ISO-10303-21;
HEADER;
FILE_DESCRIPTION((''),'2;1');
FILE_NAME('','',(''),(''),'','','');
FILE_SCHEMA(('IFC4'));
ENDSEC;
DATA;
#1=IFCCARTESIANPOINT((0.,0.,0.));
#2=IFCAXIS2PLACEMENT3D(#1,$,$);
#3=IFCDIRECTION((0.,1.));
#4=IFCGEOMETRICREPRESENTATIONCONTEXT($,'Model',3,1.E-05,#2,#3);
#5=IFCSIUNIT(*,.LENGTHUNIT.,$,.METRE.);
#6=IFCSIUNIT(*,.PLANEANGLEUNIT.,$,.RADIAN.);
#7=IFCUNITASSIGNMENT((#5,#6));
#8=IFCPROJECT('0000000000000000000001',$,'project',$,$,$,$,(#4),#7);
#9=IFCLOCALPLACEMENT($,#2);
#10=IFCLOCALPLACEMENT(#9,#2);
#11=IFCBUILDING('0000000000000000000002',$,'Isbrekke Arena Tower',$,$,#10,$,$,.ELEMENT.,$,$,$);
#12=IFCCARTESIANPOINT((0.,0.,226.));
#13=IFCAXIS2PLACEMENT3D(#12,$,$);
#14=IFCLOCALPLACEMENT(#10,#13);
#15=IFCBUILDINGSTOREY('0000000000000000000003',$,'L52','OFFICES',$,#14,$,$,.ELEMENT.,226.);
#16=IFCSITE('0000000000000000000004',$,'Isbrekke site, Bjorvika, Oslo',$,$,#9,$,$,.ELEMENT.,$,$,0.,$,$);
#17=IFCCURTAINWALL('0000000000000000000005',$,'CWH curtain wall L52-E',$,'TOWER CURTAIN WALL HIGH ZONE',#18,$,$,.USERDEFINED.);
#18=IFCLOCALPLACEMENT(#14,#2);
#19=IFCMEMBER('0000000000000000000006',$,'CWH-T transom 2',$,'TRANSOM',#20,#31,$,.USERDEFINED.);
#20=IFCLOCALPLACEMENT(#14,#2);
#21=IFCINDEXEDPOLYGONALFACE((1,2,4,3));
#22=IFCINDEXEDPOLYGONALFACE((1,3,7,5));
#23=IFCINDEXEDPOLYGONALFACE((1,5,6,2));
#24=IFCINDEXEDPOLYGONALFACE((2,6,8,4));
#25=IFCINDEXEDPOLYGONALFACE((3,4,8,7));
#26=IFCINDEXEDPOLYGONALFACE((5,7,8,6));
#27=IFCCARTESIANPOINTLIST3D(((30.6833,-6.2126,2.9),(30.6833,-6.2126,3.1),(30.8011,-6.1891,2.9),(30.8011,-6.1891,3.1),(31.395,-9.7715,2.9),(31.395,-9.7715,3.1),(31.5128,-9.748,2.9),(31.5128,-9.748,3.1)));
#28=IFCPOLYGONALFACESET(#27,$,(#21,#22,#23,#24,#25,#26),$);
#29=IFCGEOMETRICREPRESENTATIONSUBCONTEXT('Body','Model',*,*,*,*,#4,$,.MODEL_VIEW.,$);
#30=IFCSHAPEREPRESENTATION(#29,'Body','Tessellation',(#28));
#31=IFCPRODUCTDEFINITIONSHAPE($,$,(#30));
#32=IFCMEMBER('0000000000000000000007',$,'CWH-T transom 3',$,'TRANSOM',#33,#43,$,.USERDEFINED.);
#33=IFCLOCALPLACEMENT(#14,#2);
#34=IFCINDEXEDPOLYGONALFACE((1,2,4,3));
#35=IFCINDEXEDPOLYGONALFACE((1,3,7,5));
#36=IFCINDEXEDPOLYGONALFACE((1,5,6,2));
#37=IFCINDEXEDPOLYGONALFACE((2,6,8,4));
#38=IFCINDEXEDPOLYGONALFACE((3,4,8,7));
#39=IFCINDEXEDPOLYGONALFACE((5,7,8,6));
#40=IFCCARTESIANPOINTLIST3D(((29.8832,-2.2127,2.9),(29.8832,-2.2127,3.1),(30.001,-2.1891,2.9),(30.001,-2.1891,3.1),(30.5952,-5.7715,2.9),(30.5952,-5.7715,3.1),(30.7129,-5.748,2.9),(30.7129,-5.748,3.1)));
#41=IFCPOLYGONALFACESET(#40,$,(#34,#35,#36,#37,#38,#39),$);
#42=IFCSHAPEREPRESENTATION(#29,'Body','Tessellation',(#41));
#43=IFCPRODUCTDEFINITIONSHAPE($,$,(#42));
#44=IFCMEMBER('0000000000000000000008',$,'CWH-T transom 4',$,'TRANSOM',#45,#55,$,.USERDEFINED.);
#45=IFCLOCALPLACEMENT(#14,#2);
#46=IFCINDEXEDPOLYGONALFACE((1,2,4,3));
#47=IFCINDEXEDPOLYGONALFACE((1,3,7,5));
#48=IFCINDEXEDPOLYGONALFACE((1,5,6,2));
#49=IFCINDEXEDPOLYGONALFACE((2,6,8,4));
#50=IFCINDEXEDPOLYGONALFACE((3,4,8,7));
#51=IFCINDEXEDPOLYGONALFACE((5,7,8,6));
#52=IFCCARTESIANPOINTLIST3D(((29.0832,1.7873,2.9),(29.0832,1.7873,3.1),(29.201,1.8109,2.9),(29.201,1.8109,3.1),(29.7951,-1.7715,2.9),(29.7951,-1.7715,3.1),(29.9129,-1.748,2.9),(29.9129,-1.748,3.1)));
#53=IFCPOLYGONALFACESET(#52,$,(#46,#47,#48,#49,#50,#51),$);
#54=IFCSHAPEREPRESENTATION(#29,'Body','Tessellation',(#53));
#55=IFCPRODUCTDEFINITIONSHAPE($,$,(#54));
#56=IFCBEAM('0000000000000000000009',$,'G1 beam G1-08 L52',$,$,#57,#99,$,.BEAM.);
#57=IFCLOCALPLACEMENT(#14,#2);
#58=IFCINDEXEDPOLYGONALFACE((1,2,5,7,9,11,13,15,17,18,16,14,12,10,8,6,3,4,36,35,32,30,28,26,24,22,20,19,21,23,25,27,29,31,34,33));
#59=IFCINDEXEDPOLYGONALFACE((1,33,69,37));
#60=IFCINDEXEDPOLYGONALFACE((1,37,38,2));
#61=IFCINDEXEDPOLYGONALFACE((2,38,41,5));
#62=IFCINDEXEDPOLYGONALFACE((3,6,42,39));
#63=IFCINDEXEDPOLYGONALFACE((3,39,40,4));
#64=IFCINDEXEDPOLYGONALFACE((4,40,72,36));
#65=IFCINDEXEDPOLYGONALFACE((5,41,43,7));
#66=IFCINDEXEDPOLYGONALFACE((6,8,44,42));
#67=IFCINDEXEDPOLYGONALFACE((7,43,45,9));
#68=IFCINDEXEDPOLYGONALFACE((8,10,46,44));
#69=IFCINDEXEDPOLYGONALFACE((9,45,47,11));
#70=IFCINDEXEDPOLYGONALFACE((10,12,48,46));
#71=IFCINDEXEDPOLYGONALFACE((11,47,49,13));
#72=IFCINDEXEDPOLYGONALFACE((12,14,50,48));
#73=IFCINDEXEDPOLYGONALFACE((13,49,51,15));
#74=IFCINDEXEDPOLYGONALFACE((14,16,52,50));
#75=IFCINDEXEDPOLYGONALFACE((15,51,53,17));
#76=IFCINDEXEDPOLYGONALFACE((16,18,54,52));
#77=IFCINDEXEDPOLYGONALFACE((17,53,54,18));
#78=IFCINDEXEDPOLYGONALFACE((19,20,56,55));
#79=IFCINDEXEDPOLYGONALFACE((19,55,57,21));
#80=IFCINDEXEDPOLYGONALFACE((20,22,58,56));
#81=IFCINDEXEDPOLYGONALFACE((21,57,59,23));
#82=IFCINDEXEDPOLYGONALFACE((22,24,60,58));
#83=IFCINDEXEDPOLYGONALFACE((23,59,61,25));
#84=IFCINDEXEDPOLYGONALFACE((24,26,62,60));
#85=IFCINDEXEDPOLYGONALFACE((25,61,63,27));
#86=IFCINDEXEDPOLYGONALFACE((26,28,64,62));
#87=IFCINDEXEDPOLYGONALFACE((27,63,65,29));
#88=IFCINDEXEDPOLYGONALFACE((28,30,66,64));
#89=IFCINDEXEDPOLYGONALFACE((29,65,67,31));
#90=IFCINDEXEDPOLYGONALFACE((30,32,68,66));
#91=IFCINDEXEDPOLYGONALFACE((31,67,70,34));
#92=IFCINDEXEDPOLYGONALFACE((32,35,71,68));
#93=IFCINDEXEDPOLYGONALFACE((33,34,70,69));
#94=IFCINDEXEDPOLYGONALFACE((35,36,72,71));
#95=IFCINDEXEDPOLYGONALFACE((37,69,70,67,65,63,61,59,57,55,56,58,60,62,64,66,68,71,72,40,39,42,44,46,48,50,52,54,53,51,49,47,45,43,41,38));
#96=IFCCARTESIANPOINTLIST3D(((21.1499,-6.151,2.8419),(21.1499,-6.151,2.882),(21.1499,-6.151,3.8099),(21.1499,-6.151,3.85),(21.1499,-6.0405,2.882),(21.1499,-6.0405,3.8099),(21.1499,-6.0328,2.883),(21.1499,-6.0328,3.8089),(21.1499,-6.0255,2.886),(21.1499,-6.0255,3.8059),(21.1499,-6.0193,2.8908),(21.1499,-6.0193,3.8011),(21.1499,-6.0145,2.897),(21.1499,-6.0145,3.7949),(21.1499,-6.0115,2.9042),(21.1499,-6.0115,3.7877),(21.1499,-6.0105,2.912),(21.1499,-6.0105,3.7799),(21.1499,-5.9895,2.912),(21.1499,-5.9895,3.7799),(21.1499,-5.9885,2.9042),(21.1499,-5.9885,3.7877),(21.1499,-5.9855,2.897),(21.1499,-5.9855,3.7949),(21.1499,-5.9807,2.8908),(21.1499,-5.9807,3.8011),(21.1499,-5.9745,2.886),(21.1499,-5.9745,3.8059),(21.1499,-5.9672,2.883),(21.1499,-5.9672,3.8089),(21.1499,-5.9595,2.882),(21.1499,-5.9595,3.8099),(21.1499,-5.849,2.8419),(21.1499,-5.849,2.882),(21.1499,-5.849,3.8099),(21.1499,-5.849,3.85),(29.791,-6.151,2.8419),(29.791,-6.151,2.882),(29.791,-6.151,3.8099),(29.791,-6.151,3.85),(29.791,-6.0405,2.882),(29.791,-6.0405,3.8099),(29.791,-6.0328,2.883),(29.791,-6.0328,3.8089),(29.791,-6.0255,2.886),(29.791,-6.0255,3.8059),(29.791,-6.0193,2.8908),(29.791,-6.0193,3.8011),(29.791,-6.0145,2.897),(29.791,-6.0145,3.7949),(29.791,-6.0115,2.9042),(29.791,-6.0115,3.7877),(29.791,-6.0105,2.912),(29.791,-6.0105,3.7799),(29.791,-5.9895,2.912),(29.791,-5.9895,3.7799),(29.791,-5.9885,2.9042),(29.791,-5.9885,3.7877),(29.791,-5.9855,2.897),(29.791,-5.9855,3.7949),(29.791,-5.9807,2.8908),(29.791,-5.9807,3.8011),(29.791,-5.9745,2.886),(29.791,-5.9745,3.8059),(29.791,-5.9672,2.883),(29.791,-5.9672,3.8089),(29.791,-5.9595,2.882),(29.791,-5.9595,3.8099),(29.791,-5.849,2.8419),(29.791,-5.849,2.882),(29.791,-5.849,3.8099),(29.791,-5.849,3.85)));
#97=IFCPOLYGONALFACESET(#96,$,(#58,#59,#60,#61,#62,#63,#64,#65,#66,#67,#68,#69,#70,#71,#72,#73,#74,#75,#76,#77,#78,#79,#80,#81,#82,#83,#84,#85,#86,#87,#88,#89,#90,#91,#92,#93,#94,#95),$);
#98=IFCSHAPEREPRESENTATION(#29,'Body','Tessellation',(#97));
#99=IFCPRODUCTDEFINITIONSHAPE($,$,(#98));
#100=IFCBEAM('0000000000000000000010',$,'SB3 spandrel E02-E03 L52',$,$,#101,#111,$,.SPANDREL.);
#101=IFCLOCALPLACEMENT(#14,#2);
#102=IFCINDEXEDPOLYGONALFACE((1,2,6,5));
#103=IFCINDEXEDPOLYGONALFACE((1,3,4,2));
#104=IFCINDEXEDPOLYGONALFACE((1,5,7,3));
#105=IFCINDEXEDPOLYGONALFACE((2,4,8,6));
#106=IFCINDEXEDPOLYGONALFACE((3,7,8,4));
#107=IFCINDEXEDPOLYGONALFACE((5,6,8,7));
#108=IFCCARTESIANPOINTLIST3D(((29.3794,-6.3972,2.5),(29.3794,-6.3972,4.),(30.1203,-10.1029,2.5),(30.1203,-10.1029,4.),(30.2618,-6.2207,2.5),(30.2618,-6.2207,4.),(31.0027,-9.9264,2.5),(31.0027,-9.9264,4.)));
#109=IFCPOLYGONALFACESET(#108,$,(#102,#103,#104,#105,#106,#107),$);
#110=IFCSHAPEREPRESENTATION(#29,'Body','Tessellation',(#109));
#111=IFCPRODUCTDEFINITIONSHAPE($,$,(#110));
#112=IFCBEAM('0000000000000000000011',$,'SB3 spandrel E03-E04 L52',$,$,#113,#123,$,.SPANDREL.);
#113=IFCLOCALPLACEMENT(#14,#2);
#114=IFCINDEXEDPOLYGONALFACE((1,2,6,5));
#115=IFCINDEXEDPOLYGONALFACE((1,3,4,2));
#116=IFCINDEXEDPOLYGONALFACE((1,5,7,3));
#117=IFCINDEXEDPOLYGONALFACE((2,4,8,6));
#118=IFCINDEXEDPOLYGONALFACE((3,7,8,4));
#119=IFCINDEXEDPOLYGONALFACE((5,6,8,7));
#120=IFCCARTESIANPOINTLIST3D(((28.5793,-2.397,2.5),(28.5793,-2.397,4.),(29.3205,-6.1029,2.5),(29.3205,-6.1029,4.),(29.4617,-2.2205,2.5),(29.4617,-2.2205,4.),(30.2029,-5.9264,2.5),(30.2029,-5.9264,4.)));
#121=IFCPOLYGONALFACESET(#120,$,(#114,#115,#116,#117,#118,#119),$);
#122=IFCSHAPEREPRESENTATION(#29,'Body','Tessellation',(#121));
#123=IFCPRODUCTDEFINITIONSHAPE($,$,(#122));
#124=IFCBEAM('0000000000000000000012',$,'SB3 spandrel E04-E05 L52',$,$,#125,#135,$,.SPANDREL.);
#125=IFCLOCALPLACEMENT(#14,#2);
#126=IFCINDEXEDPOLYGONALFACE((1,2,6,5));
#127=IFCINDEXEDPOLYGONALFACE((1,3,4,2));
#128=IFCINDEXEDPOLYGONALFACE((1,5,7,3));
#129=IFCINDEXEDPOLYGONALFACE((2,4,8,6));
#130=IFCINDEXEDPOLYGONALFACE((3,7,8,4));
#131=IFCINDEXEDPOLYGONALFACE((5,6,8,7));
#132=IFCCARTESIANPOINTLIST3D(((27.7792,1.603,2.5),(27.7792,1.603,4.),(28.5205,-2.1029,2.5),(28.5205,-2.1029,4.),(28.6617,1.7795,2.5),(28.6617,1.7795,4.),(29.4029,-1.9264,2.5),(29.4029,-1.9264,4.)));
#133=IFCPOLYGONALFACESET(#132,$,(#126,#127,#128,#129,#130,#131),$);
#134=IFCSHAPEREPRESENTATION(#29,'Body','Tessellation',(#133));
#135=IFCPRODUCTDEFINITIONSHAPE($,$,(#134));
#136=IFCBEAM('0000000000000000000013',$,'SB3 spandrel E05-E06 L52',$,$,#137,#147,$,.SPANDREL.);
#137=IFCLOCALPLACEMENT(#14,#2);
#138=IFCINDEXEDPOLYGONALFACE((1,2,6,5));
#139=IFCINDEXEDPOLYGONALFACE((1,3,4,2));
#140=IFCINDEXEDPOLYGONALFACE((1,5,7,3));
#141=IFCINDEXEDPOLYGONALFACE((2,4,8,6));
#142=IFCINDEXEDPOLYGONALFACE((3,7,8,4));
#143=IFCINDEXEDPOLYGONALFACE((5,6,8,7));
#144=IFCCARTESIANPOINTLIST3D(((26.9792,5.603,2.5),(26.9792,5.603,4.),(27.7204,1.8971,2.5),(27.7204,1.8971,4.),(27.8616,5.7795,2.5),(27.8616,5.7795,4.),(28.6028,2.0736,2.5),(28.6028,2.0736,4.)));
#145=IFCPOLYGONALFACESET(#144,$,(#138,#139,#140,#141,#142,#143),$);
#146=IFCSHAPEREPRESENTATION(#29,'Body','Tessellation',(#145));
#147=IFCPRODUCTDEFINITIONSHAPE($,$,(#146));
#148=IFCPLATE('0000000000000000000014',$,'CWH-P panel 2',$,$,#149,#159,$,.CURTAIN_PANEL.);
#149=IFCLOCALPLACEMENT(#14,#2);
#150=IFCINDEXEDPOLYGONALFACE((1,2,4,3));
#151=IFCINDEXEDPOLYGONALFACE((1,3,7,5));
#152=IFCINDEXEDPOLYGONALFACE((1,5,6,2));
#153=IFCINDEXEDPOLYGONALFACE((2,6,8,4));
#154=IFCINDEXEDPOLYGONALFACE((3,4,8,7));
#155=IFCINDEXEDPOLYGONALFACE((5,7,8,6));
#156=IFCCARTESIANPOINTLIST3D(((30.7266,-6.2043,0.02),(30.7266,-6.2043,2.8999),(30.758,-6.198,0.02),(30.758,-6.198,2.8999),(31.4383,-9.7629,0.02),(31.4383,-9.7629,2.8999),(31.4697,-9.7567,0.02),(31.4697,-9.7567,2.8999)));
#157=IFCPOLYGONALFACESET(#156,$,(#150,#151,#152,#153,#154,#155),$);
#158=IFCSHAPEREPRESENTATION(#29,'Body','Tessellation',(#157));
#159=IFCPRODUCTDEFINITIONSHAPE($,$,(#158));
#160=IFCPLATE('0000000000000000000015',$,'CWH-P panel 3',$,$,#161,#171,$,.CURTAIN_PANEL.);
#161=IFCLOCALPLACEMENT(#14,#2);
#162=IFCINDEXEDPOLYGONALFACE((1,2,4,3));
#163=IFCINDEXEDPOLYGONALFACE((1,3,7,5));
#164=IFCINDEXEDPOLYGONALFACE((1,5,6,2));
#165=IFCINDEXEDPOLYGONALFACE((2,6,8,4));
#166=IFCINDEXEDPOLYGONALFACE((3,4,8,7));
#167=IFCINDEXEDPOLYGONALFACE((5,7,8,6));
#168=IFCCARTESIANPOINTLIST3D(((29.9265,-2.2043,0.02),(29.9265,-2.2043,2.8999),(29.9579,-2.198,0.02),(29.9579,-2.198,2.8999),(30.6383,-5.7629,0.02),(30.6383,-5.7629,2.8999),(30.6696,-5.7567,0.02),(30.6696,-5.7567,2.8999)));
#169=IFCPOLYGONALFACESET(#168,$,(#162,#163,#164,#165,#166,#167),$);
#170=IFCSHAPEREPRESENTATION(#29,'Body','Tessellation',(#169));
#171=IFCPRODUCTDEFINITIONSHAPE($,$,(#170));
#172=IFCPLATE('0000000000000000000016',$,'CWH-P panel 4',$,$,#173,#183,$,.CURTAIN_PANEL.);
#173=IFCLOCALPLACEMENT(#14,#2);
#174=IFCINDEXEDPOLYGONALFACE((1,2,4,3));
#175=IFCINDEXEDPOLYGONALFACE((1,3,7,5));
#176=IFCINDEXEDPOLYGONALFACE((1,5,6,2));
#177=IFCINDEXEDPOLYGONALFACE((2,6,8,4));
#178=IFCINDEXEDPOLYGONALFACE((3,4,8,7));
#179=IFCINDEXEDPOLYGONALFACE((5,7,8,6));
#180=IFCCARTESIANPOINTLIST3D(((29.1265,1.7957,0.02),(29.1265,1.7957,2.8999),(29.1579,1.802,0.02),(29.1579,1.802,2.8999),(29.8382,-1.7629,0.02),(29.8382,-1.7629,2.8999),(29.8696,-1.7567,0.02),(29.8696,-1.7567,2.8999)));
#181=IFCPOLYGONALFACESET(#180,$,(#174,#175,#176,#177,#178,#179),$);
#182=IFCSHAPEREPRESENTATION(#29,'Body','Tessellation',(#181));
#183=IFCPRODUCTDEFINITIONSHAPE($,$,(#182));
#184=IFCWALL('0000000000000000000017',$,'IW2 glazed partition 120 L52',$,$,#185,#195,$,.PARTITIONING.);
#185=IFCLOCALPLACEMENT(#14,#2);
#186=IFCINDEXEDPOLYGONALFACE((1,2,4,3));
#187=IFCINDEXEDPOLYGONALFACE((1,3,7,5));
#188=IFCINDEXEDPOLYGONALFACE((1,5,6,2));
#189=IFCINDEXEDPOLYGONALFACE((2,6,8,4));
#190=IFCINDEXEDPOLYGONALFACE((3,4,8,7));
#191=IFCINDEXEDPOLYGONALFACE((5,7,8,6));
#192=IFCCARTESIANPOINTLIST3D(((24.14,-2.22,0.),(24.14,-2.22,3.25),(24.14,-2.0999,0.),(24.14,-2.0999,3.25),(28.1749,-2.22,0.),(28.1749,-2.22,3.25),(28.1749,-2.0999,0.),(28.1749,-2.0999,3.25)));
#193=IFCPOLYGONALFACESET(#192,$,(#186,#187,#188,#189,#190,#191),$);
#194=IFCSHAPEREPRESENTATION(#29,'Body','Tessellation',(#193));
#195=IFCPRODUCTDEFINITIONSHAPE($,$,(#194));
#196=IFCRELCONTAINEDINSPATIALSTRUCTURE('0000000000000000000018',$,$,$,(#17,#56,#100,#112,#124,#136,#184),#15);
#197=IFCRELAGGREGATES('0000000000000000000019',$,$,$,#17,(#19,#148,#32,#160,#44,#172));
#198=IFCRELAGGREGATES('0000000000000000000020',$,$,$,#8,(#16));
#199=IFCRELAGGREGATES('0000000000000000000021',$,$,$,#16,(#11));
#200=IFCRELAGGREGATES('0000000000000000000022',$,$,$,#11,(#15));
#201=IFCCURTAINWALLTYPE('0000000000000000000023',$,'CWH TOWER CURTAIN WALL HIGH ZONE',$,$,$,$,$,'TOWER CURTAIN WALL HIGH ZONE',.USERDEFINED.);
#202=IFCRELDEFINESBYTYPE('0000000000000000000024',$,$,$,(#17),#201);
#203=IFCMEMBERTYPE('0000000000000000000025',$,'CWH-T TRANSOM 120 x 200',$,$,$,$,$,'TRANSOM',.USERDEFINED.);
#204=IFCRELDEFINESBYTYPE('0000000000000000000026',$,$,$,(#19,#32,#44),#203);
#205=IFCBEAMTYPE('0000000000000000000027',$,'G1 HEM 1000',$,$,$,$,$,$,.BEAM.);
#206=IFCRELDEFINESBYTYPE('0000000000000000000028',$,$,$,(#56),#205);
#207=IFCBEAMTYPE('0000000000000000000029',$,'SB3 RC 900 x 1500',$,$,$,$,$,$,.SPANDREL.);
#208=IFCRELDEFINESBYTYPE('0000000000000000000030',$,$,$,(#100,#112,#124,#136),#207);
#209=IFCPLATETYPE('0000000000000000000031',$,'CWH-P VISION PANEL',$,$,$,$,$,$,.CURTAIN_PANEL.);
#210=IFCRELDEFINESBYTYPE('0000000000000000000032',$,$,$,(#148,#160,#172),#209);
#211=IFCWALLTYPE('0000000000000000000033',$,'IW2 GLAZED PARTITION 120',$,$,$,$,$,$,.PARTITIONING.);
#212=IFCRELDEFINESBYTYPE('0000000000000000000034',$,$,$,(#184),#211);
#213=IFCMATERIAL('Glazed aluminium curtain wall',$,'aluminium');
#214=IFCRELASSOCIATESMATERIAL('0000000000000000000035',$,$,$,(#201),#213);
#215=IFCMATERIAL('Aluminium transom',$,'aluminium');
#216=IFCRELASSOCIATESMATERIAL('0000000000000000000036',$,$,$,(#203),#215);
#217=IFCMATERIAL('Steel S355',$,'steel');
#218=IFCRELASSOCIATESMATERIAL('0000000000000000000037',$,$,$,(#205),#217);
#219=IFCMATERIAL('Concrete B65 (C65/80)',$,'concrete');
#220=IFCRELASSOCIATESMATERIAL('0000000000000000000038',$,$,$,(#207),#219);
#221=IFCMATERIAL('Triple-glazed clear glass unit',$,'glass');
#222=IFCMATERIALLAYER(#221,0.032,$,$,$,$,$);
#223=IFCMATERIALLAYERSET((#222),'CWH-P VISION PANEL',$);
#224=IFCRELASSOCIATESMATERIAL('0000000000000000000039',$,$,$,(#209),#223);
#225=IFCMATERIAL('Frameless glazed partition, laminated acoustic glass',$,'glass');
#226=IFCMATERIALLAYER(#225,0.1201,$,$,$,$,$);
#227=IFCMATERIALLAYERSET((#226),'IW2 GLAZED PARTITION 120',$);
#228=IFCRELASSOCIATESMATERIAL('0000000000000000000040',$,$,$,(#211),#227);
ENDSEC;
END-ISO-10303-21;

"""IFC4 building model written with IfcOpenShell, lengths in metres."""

from ifc_helpers import new_model, si_unit, direction, frame, frame_2d, origin, origin_2d, place, context, subcontext, project, spatial, rectangle, i_section, extrude, material, layer, layer_set, material_profile, profile_set, type_object, element, aggregate, save


model = new_model("IFC4")

# Units and contexts
model_context = context("Model", 3, precision=1e-05, world=origin(), true_north=direction((0.0, 1.0)))
body_context = subcontext(model_context, "Body", "Model", "MODEL_VIEW")
ifc_project = project(units=[si_unit("LENGTHUNIT", "METRE"), si_unit("PLANEANGLEUNIT", "RADIAN")], contexts=[model_context])

# Site, building, storey
site_placement = place(None, origin())
site = spatial("IfcSite", under=ifc_project, at=site_placement, Name="Isbrekke site, Bjorvika, Oslo", CompositionType="ELEMENT", RefElevation=0.0)
building_placement = place(site_placement, origin())
building = spatial("IfcBuilding", under=site, at=building_placement, Name="Isbrekke Arena Tower", CompositionType="ELEMENT")
storey_placement = place(building_placement, frame((0.0, 0.0, 226.0)))
storey = spatial("IfcBuildingStorey", under=building, at=storey_placement, Name="L52", Description="OFFICES", CompositionType="ELEMENT", Elevation=226.0)

# Curtain wall, members
ifc_material_1 = material(Name="Glazed aluminium curtain wall", Category="aluminium")
curtain_wall_type = type_object("IfcCurtainWallType", Name="CWH TOWER CURTAIN WALL HIGH ZONE", ElementType="TOWER CURTAIN WALL HIGH ZONE", PredefinedType="USERDEFINED", material=ifc_material_1)
curtain_wall_placement = place(storey_placement, origin())
curtain_wall = element("IfcCurtainWall", 1, at=curtain_wall_placement, inside=storey, type_object=curtain_wall_type, Name="CWH curtain wall L52-E", ObjectType="TOWER CURTAIN WALL HIGH ZONE", PredefinedType="USERDEFINED")
ifc_material_2 = material(Name="Aluminium transom", Category="aluminium")
ifc_material_profile_1 = material_profile(ifc_material_2, rectangle(XDim=0.1201, YDim=0.2, at=origin_2d()), Name="TRANSOM 120X200")
ifc_profile_set_1 = profile_set([ifc_material_profile_1], Name="Aluminium transom")
member_type_1 = type_object("IfcMemberType", Name="CWH-T TRANSOM 120 x 200", ElementType="TRANSOM", PredefinedType="USERDEFINED", material=ifc_profile_set_1)
member_1_placement = place(storey_placement, frame((31.4539, -9.7598, 3.0), z_axis=(-0.19609, 0.980586, 0.0), x_axis=(-0.980586, -0.19609, 0.0)))
member_1 = element("IfcMember", 2, at=member_1_placement, type_object=member_type_1, Name="CWH-T transom 2", ObjectType="TRANSOM", PredefinedType="USERDEFINED", context=body_context, shape_type="SweptSolid", body=[
    extrude(rectangle(XDim=0.1201, YDim=0.2, at=origin_2d()), origin(), (0.0, 0.0, 1.0), 3.6294),
])
member_2_placement = place(storey_placement, frame((30.6541, -5.7598, 3.0), z_axis=(-0.196155, 0.980573, 0.0), x_axis=(-0.980573, -0.196155, 0.0)))
member_2 = element("IfcMember", 3, at=member_2_placement, type_object=member_type_1, Name="CWH-T transom 3", ObjectType="TRANSOM", PredefinedType="USERDEFINED", context=body_context, shape_type="SweptSolid", body=[
    extrude(rectangle(XDim=0.1201, YDim=0.2, at=origin_2d()), origin(), (0.0, 0.0, 1.0), 3.6294),
])
member_3_placement = place(storey_placement, frame((29.854, -1.7598, 3.0), z_axis=(-0.196155, 0.980573, 0.0), x_axis=(-0.980573, -0.196155, 0.0)))
member_3 = element("IfcMember", 4, at=member_3_placement, type_object=member_type_1, Name="CWH-T transom 4", ObjectType="TRANSOM", PredefinedType="USERDEFINED", context=body_context, shape_type="SweptSolid", body=[
    extrude(rectangle(XDim=0.1201, YDim=0.2, at=origin_2d()), origin(), (0.0, 0.0, 1.0), 3.6294),
])

# Beams
ifc_material_3 = material(Name="Steel S355", Category="steel")
ifc_material_profile_2 = material_profile(ifc_material_3, i_section(OverallWidth=0.302, OverallDepth=1.0081, WebThickness=0.021, FlangeThickness=0.04, FilletRadius=0.03, at=origin_2d()), Name="HEM 1000")
ifc_profile_set_2 = profile_set([ifc_material_profile_2], Name="Steel S355")
beam_type_1 = type_object("IfcBeamType", Name="G1 HEM 1000", PredefinedType="BEAM", material=ifc_profile_set_2)
beam_1_placement = place(storey_placement, frame((21.1499, -6.0, 3.3459), z_axis=(1.0, 0.0, 0.0), x_axis=(0.0, 1.0, 0.0)))
element("IfcBeam", 5, at=beam_1_placement, inside=storey, type_object=beam_type_1, Name="G1 beam G1-08 L52", PredefinedType="BEAM", context=body_context, shape_type="SweptSolid", body=[
    extrude(i_section(OverallWidth=0.302, OverallDepth=1.0081, WebThickness=0.021, FlangeThickness=0.04, FilletRadius=0.03, at=origin_2d()), origin(), (0.0, 0.0, 1.0), 8.6411),
])
ifc_material_4 = material(Name="Concrete B65 (C65/80)", Category="concrete")
ifc_material_profile_3 = material_profile(ifc_material_4, rectangle(XDim=0.8999, YDim=1.5, at=origin_2d()), Name="RC 900x1500")
ifc_profile_set_3 = profile_set([ifc_material_profile_3], Name="Concrete B65 (C65/80)")
beam_type_2 = type_object("IfcBeamType", Name="SB3 RC 900 x 1500", PredefinedType="SPANDREL", material=ifc_profile_set_3)
beam_2_placement = place(storey_placement, frame((30.5615, -10.0146, 3.25), z_axis=(-0.196066, 0.980591, 0.0), x_axis=(-0.980591, -0.196066, 0.0)))
element("IfcBeam", 6, at=beam_2_placement, inside=storey, type_object=beam_type_2, Name="SB3 spandrel E02-E03 L52", PredefinedType="SPANDREL", context=body_context, shape_type="SweptSolid", body=[
    extrude(rectangle(XDim=0.8999, YDim=1.5, at=origin_2d()), origin(), (0.0, 0.0, 1.0), 3.7791),
])
for number, where, z_axis, x_axis, name in (
    (7, (29.7617, -6.0146, 3.25), (-0.196129, 0.980578, 0.0), (-0.980578, -0.196129, 0.0), "SB3 spandrel E03-E04 L52"),
    (8, (28.9617, -2.0146, 3.25), (-0.196129, 0.980578, 0.0), (-0.980578, -0.196129, 0.0), "SB3 spandrel E04-E05 L52"),
    (9, (28.1616, 1.9854, 3.25), (-0.196129, 0.980578, 0.0), (-0.980578, -0.196129, 0.0), "SB3 spandrel E05-E06 L52"),
):
    element("IfcBeam", number, at=place(storey_placement, frame(where, z_axis=z_axis, x_axis=x_axis)), inside=storey, type_object=beam_type_2, Name=name, PredefinedType="SPANDREL", context=body_context, shape_type="SweptSolid", body=[
        extrude(rectangle(XDim=0.8999, YDim=1.5, at=origin_2d()), origin(), (0.0, 0.0, 1.0), 3.7793),
    ])

# Plates
ifc_material_5 = material(Name="Triple-glazed clear glass unit", Category="glass")
ifc_layer_1 = layer(ifc_material_5, 0.032)
ifc_layer_set_1 = layer_set([ifc_layer_1], Name="CWH-P VISION PANEL")
plate_type = type_object("IfcPlateType", Name="CWH-P VISION PANEL", PredefinedType="CURTAIN_PANEL", material=ifc_layer_set_1)
plate_1_placement = place(storey_placement, frame((31.0981, -7.9805, 0.02), z_axis=(0.0, 0.0, 1.0), x_axis=(-0.196116, 0.980581, 0.0)))
plate_1 = element("IfcPlate", 10, at=plate_1_placement, type_object=plate_type, Name="CWH-P panel 2", PredefinedType="CURTAIN_PANEL", context=body_context, shape_type="SweptSolid", body=[
    extrude(rectangle(XDim=3.6292, YDim=0.032, at=origin_2d()), origin(), (0.0, 0.0, 1.0), 2.8799),
])
plate_2_placement = place(storey_placement, frame((30.2981, -3.9805, 0.02), z_axis=(0.0, 0.0, 1.0), x_axis=(-0.196116, 0.980581, 0.0)))
plate_2 = element("IfcPlate", 11, at=plate_2_placement, type_object=plate_type, Name="CWH-P panel 3", PredefinedType="CURTAIN_PANEL", context=body_context, shape_type="SweptSolid", body=[
    extrude(rectangle(XDim=3.6292, YDim=0.032, at=origin_2d()), origin(), (0.0, 0.0, 1.0), 2.8799),
])
plate_3_placement = place(storey_placement, frame((29.498, 0.0195, 0.02), z_axis=(0.0, 0.0, 1.0), x_axis=(-0.196116, 0.980581, 0.0)))
plate_3 = element("IfcPlate", 12, at=plate_3_placement, type_object=plate_type, Name="CWH-P panel 4", PredefinedType="CURTAIN_PANEL", context=body_context, shape_type="SweptSolid", body=[
    extrude(rectangle(XDim=3.6292, YDim=0.032, at=origin_2d()), origin(), (0.0, 0.0, 1.0), 2.8799),
])
aggregate(curtain_wall, [member_1, plate_1, member_2, plate_2, member_3, plate_3])

# Wall
ifc_material_6 = material(Name="Frameless glazed partition, laminated acoustic glass", Category="glass")
ifc_layer_2 = layer(ifc_material_6, 0.1201)
ifc_layer_set_2 = layer_set([ifc_layer_2], Name="IW2 GLAZED PARTITION 120")
wall_type = type_object("IfcWallType", Name="IW2 GLAZED PARTITION 120", PredefinedType="PARTITIONING", material=ifc_layer_set_2)
wall_1_placement = place(storey_placement, frame((24.1399, -2.1599, 0.0), z_axis=(0.0, 0.0, 1.0), x_axis=(1.0, 0.0, 0.0)))
element("IfcWall", 13, at=wall_1_placement, inside=storey, type_object=wall_type, Name="IW2 glazed partition 120 L52", PredefinedType="PARTITIONING", context=body_context, shape_type="SweptSolid", body=[
    extrude(rectangle(XDim=4.0349, YDim=0.1201, at=frame_2d((2.0176, 0.0))), origin(), (0.0, 0.0, 1.0), 3.25),
])

save(model, "model.ifc")
